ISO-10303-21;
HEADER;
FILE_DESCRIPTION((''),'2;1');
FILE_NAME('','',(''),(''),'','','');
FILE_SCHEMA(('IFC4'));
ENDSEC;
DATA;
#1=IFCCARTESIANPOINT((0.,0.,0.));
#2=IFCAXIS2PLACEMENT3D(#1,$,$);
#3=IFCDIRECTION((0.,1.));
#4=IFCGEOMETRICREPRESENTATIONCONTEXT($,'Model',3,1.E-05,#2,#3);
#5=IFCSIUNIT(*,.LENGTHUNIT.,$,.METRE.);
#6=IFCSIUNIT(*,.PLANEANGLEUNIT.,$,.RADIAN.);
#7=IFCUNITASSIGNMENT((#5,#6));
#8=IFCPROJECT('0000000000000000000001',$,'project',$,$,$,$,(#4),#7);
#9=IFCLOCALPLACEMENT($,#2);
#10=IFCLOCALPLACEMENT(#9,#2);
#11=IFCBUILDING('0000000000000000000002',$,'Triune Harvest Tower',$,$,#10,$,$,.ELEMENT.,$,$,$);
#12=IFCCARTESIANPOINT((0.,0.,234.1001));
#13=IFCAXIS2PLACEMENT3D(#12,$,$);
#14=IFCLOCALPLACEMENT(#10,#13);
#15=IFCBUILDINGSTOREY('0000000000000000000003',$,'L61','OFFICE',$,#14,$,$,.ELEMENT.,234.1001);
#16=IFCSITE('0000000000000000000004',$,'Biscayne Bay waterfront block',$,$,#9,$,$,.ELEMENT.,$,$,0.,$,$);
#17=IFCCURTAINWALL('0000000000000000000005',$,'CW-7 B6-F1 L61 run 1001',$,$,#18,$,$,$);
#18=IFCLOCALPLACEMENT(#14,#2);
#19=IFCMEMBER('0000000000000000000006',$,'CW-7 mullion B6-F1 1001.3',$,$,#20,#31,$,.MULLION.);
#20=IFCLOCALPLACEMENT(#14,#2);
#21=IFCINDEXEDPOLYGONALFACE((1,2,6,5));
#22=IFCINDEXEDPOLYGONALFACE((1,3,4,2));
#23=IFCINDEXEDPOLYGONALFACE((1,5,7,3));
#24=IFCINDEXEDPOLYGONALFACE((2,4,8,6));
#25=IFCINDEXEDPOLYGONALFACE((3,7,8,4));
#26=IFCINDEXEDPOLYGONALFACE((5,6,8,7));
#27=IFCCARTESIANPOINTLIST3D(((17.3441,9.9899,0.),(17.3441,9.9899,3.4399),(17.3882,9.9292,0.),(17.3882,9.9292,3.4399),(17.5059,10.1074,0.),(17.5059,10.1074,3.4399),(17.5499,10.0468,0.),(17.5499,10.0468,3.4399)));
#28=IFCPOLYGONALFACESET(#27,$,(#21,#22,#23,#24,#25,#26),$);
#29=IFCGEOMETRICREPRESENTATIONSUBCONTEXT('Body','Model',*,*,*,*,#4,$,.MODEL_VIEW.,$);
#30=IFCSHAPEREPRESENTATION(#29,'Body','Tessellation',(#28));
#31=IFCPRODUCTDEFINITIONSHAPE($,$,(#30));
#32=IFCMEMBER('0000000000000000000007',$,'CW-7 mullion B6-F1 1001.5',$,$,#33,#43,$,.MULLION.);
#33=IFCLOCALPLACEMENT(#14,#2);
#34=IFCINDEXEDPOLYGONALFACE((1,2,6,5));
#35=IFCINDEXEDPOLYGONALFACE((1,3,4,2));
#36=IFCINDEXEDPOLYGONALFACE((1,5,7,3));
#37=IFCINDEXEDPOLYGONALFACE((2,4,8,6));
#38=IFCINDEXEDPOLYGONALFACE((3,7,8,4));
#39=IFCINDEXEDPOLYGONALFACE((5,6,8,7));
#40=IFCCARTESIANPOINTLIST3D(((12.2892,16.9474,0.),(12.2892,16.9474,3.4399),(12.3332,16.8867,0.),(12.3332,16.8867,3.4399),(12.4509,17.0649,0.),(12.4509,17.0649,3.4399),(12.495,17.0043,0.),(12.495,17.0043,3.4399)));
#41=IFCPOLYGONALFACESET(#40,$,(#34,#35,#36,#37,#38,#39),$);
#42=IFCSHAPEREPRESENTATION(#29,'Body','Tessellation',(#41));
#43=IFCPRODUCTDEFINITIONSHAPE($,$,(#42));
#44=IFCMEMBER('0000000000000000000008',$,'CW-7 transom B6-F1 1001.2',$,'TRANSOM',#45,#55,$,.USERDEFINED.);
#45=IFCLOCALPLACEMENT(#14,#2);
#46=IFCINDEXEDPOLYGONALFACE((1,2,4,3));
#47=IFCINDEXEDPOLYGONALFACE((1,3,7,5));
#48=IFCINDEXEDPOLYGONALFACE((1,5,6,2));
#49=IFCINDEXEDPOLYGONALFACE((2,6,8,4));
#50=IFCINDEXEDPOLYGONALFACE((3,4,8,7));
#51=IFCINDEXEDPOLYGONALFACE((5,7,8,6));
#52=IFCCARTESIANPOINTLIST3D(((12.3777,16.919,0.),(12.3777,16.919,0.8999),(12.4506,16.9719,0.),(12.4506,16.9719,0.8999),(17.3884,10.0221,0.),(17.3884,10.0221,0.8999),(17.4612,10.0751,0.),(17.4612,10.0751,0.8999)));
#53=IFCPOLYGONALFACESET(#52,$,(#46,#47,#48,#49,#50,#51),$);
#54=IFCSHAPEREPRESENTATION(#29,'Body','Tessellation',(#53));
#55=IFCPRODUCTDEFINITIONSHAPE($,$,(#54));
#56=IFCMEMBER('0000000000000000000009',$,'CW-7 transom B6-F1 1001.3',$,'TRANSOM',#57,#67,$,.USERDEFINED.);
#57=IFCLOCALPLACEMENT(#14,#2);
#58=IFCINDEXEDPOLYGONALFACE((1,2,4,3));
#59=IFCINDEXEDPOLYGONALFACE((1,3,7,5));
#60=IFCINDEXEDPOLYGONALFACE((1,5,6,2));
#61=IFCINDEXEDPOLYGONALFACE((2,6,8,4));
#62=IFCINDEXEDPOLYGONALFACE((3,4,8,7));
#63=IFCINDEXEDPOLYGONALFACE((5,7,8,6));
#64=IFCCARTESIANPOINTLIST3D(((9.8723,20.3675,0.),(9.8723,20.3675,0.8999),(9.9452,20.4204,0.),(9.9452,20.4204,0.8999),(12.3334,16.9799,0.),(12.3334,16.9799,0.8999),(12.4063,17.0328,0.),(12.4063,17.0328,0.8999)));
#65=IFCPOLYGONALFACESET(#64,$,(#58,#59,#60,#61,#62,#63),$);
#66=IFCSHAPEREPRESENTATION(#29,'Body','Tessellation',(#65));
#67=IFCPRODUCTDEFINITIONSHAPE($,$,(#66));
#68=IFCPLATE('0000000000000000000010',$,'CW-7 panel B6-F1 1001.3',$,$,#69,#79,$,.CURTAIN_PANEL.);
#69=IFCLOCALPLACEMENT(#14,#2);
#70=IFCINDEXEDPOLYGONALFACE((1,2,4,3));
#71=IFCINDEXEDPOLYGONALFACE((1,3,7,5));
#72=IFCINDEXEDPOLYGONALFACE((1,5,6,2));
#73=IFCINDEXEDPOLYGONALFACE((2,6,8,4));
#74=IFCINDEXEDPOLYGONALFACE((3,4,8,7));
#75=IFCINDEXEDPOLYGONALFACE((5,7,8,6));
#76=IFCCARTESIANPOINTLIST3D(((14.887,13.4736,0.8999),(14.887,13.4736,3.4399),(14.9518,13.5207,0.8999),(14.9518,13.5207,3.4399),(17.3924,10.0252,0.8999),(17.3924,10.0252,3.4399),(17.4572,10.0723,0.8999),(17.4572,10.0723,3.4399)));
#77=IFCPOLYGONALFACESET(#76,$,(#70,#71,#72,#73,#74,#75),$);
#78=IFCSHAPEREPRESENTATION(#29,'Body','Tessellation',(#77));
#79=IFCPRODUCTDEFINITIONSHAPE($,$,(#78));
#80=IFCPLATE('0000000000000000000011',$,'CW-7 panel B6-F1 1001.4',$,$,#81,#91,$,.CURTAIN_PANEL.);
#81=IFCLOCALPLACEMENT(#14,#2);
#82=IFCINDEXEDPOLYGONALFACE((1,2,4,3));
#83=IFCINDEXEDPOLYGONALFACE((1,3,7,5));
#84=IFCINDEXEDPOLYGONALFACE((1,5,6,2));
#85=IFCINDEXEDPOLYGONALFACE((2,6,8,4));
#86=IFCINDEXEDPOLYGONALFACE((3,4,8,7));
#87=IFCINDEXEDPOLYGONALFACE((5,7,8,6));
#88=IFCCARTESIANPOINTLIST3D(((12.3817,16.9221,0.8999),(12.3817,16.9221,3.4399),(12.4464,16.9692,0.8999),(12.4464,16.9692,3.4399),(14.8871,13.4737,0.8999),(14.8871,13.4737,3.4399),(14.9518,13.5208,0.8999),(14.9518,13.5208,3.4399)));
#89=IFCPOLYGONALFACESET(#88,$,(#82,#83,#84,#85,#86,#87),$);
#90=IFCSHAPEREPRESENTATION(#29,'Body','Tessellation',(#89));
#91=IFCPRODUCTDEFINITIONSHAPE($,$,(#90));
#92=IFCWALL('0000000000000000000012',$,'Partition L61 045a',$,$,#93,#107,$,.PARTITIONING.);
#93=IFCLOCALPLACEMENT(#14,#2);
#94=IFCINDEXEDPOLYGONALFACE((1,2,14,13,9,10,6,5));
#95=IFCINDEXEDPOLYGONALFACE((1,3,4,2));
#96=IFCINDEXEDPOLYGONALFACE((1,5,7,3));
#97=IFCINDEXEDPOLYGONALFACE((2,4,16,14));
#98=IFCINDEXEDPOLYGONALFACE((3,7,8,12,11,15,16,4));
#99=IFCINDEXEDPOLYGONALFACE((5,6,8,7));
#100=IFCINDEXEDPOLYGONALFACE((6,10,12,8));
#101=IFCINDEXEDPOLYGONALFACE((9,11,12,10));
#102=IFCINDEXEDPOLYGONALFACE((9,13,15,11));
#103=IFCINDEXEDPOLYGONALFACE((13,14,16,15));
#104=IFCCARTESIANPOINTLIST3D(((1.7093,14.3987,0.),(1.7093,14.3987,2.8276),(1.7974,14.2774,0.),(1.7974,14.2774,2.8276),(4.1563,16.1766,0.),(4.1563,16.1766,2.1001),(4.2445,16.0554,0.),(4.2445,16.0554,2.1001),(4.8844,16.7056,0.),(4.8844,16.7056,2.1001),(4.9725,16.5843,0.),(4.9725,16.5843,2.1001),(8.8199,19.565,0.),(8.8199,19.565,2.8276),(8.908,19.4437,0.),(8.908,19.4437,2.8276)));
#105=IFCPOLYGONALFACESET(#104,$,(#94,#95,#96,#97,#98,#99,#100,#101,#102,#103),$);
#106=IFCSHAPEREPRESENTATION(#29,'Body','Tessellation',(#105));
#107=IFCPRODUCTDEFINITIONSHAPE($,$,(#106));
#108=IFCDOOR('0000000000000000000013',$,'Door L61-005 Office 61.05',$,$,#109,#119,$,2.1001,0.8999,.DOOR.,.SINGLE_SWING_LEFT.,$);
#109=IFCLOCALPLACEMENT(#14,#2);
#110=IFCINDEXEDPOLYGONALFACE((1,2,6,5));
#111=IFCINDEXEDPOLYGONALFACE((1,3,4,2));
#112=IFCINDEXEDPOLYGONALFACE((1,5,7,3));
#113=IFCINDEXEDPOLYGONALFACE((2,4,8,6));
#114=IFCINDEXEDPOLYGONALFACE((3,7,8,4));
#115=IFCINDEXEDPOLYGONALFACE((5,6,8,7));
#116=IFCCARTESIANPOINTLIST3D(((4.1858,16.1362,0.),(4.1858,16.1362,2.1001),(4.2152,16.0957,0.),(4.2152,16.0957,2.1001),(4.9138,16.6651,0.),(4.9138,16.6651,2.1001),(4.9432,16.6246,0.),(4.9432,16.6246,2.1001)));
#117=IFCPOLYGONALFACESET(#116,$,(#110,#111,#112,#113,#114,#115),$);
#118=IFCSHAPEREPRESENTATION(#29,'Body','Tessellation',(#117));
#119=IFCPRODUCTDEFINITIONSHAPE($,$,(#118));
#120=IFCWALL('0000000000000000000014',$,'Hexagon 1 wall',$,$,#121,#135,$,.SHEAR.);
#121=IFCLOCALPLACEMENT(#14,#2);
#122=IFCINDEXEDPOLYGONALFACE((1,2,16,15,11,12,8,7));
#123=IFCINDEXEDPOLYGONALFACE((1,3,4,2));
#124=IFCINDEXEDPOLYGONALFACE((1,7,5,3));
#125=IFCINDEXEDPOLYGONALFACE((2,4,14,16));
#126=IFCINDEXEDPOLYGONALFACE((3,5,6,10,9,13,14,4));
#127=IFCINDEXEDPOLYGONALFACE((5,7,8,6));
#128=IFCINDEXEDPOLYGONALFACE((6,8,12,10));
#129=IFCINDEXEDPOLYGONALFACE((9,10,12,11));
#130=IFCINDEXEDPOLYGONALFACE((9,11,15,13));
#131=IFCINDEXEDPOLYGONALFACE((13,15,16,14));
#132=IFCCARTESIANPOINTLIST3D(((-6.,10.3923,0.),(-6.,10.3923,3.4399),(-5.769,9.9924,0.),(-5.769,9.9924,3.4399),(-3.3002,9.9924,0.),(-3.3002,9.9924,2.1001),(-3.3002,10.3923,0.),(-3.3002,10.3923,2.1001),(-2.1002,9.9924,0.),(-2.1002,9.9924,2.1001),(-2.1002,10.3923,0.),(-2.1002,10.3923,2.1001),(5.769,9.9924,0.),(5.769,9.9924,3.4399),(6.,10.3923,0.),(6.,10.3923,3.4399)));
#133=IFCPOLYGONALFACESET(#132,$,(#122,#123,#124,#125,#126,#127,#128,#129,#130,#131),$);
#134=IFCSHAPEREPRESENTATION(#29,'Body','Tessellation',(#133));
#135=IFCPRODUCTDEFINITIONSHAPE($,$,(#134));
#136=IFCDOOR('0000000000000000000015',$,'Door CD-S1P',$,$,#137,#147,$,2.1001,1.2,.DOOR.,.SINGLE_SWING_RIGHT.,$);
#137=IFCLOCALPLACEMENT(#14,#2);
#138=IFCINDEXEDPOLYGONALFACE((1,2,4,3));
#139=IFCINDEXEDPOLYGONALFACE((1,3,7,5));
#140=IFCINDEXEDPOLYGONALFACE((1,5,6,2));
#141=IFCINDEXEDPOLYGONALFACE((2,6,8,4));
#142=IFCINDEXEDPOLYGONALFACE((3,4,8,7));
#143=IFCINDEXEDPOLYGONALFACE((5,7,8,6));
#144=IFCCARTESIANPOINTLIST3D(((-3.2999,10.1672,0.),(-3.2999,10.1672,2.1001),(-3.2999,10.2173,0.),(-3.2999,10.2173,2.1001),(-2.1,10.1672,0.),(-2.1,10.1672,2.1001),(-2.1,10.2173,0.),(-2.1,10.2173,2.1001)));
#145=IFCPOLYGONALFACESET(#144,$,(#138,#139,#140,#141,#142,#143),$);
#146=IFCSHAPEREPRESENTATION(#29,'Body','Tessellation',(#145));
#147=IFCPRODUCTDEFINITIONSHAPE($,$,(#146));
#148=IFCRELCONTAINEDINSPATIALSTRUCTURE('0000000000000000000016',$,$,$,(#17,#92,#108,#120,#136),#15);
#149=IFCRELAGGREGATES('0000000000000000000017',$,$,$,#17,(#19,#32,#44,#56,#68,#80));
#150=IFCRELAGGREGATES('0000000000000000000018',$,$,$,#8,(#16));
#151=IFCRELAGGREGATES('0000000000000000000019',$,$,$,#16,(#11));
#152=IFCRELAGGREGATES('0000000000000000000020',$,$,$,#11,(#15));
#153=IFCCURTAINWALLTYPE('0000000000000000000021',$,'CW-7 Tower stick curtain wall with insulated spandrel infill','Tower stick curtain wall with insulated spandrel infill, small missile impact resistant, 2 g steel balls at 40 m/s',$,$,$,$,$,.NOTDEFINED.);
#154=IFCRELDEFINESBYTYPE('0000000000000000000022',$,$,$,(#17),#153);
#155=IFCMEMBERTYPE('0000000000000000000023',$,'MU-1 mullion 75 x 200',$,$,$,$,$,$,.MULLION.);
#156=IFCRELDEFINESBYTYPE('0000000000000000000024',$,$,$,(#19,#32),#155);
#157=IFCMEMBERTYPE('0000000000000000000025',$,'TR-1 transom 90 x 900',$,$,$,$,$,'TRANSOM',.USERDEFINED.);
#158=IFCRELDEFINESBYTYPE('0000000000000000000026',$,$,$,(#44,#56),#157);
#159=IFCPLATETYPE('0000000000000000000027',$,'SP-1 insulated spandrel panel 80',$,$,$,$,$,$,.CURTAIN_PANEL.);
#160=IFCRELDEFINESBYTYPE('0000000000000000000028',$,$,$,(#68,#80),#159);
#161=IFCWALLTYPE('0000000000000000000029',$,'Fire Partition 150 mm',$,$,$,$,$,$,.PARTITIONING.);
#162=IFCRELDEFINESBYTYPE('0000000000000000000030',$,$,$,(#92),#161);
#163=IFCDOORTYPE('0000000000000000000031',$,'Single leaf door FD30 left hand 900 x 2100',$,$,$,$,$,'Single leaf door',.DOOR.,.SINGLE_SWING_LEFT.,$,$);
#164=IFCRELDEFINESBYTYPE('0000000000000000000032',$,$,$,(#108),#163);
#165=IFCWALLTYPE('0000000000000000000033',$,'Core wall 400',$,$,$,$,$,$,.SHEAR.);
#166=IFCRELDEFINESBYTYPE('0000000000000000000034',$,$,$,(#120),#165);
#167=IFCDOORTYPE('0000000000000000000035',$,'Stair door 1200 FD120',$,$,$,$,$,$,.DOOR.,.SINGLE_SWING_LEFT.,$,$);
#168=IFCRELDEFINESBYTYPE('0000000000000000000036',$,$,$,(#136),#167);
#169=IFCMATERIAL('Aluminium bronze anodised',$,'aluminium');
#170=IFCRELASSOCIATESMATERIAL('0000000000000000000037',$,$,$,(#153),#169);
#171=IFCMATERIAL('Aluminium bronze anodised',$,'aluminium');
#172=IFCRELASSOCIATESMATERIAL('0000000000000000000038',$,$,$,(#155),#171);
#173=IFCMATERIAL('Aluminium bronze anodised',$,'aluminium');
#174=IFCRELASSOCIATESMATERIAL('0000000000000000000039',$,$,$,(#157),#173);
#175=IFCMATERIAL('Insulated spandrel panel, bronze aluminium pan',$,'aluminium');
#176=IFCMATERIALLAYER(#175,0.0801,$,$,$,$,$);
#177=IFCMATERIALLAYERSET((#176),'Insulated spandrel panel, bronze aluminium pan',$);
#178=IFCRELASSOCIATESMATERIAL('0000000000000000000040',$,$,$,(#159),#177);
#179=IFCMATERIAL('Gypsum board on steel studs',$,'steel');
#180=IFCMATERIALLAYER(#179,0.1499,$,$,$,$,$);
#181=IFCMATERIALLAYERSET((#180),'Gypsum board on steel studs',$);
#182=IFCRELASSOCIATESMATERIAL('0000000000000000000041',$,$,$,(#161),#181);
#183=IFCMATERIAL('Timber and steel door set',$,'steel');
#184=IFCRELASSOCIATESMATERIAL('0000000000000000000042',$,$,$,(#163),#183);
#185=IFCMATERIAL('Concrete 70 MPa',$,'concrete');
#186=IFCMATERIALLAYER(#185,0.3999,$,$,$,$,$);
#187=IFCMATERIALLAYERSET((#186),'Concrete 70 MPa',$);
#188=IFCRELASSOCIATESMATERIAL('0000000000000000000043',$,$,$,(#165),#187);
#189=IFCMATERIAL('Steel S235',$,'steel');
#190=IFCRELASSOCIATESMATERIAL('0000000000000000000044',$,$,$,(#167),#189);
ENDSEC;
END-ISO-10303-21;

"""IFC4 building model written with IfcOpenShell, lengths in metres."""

from ifc_helpers import new_model, si_unit, direction, frame, frame_2d, origin, origin_2d, place, context, subcontext, project, spatial, polyline, rectangle, outline, extrude, source, transform, mapped, material, layer, layer_set, material_profile, profile_set, type_object, element, fill, aggregate, save


model = new_model("IFC4")

# Units and contexts
model_context = context("Model", 3, precision=1e-05, world=origin(), true_north=direction((0.0, 1.0)))
body_context = subcontext(model_context, "Body", "Model", "MODEL_VIEW")
ifc_project = project(units=[si_unit("LENGTHUNIT", "METRE"), si_unit("PLANEANGLEUNIT", "RADIAN")], contexts=[model_context])

# Site, building, storey
site_placement = place(None, origin())
site = spatial("IfcSite", under=ifc_project, at=site_placement, Name="Biscayne Bay waterfront block", CompositionType="ELEMENT", RefElevation=0.0)
building_placement = place(site_placement, origin())
building = spatial("IfcBuilding", under=site, at=building_placement, Name="Triune Harvest Tower", CompositionType="ELEMENT")
storey_placement = place(building_placement, frame((0.0, 0.0, 234.1001)))
storey = spatial("IfcBuildingStorey", under=building, at=storey_placement, Name="L61", Description="OFFICE", CompositionType="ELEMENT", Elevation=234.1001)

# Curtain wall, members, plates
ifc_material_1 = material(Name="Aluminium bronze anodised", Category="aluminium")
curtain_wall_type = type_object("IfcCurtainWallType", Name="CW-7 Tower stick curtain wall with insulated spandrel infill", Description="Tower stick curtain wall with insulated spandrel infill, small missile impact resistant, 2 g steel balls at 40 m/s", PredefinedType="NOTDEFINED", material=ifc_material_1)
curtain_wall_placement = place(storey_placement, origin())
curtain_wall = element("IfcCurtainWall", 1, at=curtain_wall_placement, inside=storey, type_object=curtain_wall_type, Name="CW-7 B6-F1 L61 run 1001")
ifc_material_2 = material(Name="Aluminium bronze anodised", Category="aluminium")
ifc_material_profile_1 = material_profile(ifc_material_2, rectangle(XDim=0.2, YDim=0.075, at=origin_2d()), Name="MU-1 mullion 75 x 200")
ifc_profile_set_1 = profile_set([ifc_material_profile_1], Name="Aluminium bronze anodised")
member_type_1 = type_object("IfcMemberType", Name="MU-1 mullion 75 x 200", PredefinedType="MULLION", material=ifc_profile_set_1)
shared_shape_1 = source(origin(), body_context, "Body", "SweptSolid", [
    extrude(rectangle(XDim=0.2, YDim=0.075, at=origin_2d()), origin(), (0.0, 0.0, 1.0), 3.4399),
])
member_1_placement = place(storey_placement, frame((17.447, 10.0183, 0.0), z_axis=(0.0, 0.0, 1.0), x_axis=(-0.809017, -0.587785, 0.0)))
member_1 = element("IfcMember", 2, at=member_1_placement, type_object=member_type_1, Name="CW-7 mullion B6-F1 1001.3", PredefinedType="MULLION", context=body_context, shape_type="MappedRepresentation", body=[
    mapped(shared_shape_1, transform((0.0, 0.0, 0.0), scale=1.0)),
])
member_2_placement = place(storey_placement, frame((12.3921, 16.9758, 0.0), z_axis=(0.0, 0.0, 1.0), x_axis=(-0.809017, -0.587785, 0.0)))
member_2 = element("IfcMember", 3, at=member_2_placement, type_object=member_type_1, Name="CW-7 mullion B6-F1 1001.5", PredefinedType="MULLION", context=body_context, shape_type="MappedRepresentation", body=[
    mapped(shared_shape_1, transform((0.0, 0.0, 0.0), scale=1.0)),
])
ifc_material_3 = material(Name="Aluminium bronze anodised", Category="aluminium")
ifc_material_profile_2 = material_profile(ifc_material_3, rectangle(XDim=0.0901, YDim=0.8999, at=origin_2d()), Name="TR-1 transom 90 x 900")
ifc_profile_set_2 = profile_set([ifc_material_profile_2], Name="Aluminium bronze anodised")
member_type_2 = type_object("IfcMemberType", Name="TR-1 transom 90 x 900", ElementType="TRANSOM", PredefinedType="USERDEFINED", material=ifc_profile_set_2)
shared_shape_2 = source(origin(), body_context, "Body", "SweptSolid", [
    extrude(rectangle(XDim=0.0901, YDim=0.8999, at=origin_2d()), origin(), (0.0, 0.0, 1.0), 8.5249),
])
member_3_placement = place(storey_placement, frame((17.4248, 10.0486, 0.45), z_axis=(-0.58777, 0.809028, 0.0), x_axis=(-0.809028, -0.58777, 0.0)))
member_3 = element("IfcMember", 4, at=member_3_placement, type_object=member_type_2, Name="CW-7 transom B6-F1 1001.2", ObjectType="TRANSOM", PredefinedType="USERDEFINED", context=body_context, shape_type="MappedRepresentation", body=[
    mapped(shared_shape_2, transform((0.0, 0.0, 0.0), scale=1.0)),
])
shared_shape_3 = source(origin(), body_context, "Body", "SweptSolid", [
    extrude(rectangle(XDim=0.0901, YDim=0.8999, at=origin_2d()), origin(), (0.0, 0.0, 1.0), 4.1873),
])
member_4_placement = place(storey_placement, frame((12.3699, 17.0063, 0.45), z_axis=(-0.587766, 0.809031, 0.0), x_axis=(-0.809031, -0.587766, 0.0)))
member_4 = element("IfcMember", 5, at=member_4_placement, type_object=member_type_2, Name="CW-7 transom B6-F1 1001.3", ObjectType="TRANSOM", PredefinedType="USERDEFINED", context=body_context, shape_type="MappedRepresentation", body=[
    mapped(shared_shape_3, transform((0.0, 0.0, 0.0), scale=1.0)),
])
ifc_material_4 = material(Name="Insulated spandrel panel, bronze aluminium pan", Category="aluminium")
ifc_layer_1 = layer(ifc_material_4, 0.0801)
ifc_layer_set_1 = layer_set([ifc_layer_1], Name="Insulated spandrel panel, bronze aluminium pan")
plate_type = type_object("IfcPlateType", Name="SP-1 insulated spandrel panel 80", PredefinedType="CURTAIN_PANEL", material=ifc_layer_set_1)
shared_shape_4 = source(origin(), body_context, "Body", "SweptSolid", [
    extrude(rectangle(XDim=4.2625, YDim=0.0801, at=origin_2d()), origin(), (0.0, 0.0, 1.0), 2.54),
])
plate_1_placement = place(storey_placement, frame((16.1721, 11.7729, 0.8999), z_axis=(0.0, 0.0, 1.0), x_axis=(-0.587785, 0.809017, 0.0)))
plate_1 = element("IfcPlate", 6, at=plate_1_placement, type_object=plate_type, Name="CW-7 panel B6-F1 1001.3", PredefinedType="CURTAIN_PANEL", context=body_context, shape_type="MappedRepresentation", body=[
    mapped(shared_shape_4, transform((0.0, 0.0, 0.0), scale=1.0)),
])
plate_2_placement = place(storey_placement, frame((13.6667, 15.2214, 0.8999), z_axis=(0.0, 0.0, 1.0), x_axis=(-0.587785, 0.809017, 0.0)))
plate_2 = element("IfcPlate", 7, at=plate_2_placement, type_object=plate_type, Name="CW-7 panel B6-F1 1001.4", PredefinedType="CURTAIN_PANEL", context=body_context, shape_type="MappedRepresentation", body=[
    mapped(shared_shape_4, transform((0.0, 0.0, 0.0), scale=1.0)),
])
aggregate(curtain_wall, [member_1, member_2, member_3, member_4, plate_1, plate_2])

# Walls, openings, doors
ifc_material_5 = material(Name="Gypsum board on steel studs", Category="steel")
ifc_layer_2 = layer(ifc_material_5, 0.1499)
ifc_layer_set_2 = layer_set([ifc_layer_2], Name="Gypsum board on steel studs")
wall_type_1 = type_object("IfcWallType", Name="Fire Partition 150 mm", PredefinedType="PARTITIONING", material=ifc_layer_set_2)
wall_1_placement = place(storey_placement, frame((1.7534, 14.3381, 0.0), z_axis=(0.0, 0.0, 1.0), x_axis=(0.809011, 0.587793, 0.0)))
wall_1 = element("IfcWall", 8, at=wall_1_placement, inside=storey, type_object=wall_type_1, Name="Partition L61 045a", PredefinedType="PARTITIONING", context=body_context, shape_type="SweptSolid", body=[
    extrude(rectangle(XDim=8.7893, YDim=0.1499, at=frame_2d((4.3945, 0.0))), origin(), (0.0, 0.0, 1.0), 2.8276),
])
opening_1_placement = place(wall_1_placement, frame((3.0247, 0.0, 0.0)))
opening_1 = element("IfcOpeningElement", 9, at=opening_1_placement, cuts=wall_1, PredefinedType="OPENING", context=body_context, shape_type="SweptSolid", body=[
    extrude(rectangle(XDim=0.8999, YDim=2.1001, at=frame_2d((0.45, 1.05))), frame((0.0, 0.085, 0.0), z_axis=(0.0, -1.0, 0.0), x_axis=(1.0, 0.0, 0.0)), (0.0, 0.0, 1.0), 0.1699),
])
ifc_material_6 = material(Name="Timber and steel door set", Category="steel")
door_type_1 = type_object("IfcDoorType", Name="Single leaf door FD30 left hand 900 x 2100", ElementType="Single leaf door", OperationType="SINGLE_SWING_LEFT", PredefinedType="DOOR", material=ifc_material_6)
door_1_placement = place(opening_1_placement, origin())
door_1 = element("IfcDoor", 10, at=door_1_placement, inside=storey, type_object=door_type_1, Name="Door L61-005 Office 61.05", OperationType="SINGLE_SWING_LEFT", OverallHeight=2.1001, OverallWidth=0.8999, PredefinedType="DOOR", context=body_context, shape_type="SweptSolid", body=[
    extrude(rectangle(XDim=0.8999, YDim=2.1001, at=frame_2d((0.45, 1.05))), frame((0.0, 0.0249, 0.0), z_axis=(0.0, -1.0, 0.0), x_axis=(1.0, 0.0, 0.0)), (0.0, 0.0, 1.0), 0.05),
])
fill(opening_1, door_1)
ifc_material_7 = material(Name="Concrete 70 MPa", Category="concrete")
ifc_layer_3 = layer(ifc_material_7, 0.3999)
ifc_layer_set_3 = layer_set([ifc_layer_3], Name="Concrete 70 MPa")
wall_type_2 = type_object("IfcWallType", Name="Core wall 400", PredefinedType="SHEAR", material=ifc_layer_set_3)
shared_shape_5 = source(origin(), body_context, "Body", "SweptSolid", [
    extrude(outline(polyline([(-0.1155, -0.2), (11.8845, -0.2), (11.6536, 0.2), (0.1155, 0.2), (-0.1155, -0.2)])), origin(), (0.0, 0.0, 1.0), 3.4399),
])
wall_2_placement = place(storey_placement, frame((5.8845, 10.1924, 0.0), z_axis=(0.0, 0.0, 1.0), x_axis=(-1.0, 0.0, 0.0)))
wall_2 = element("IfcWall", 11, at=wall_2_placement, inside=storey, type_object=wall_type_2, Name="Hexagon 1 wall", PredefinedType="SHEAR", context=body_context, shape_type="MappedRepresentation", body=[
    mapped(shared_shape_5, transform((0.0, 0.0, 0.0), scale=1.0)),
])
opening_2_placement = place(wall_2_placement, frame((7.9846, 0.0, 0.0)))
opening_2 = element("IfcOpeningElement", 12, at=opening_2_placement, cuts=wall_2, PredefinedType="OPENING", context=body_context, shape_type="SweptSolid", body=[
    extrude(rectangle(XDim=1.2, YDim=2.1001, at=frame_2d((0.6001, 1.05))), frame((0.0, 0.21, 0.0), z_axis=(0.0, -1.0, 0.0), x_axis=(1.0, 0.0, 0.0)), (0.0, 0.0, 1.0), 0.4199),
])
ifc_material_8 = material(Name="Steel S235", Category="steel")
door_type_2 = type_object("IfcDoorType", Name="Stair door 1200 FD120", OperationType="SINGLE_SWING_LEFT", PredefinedType="DOOR", material=ifc_material_8)
door_2_placement = place(opening_2_placement, frame((1.2, 0.0, 0.0), z_axis=(0.0, 0.0, 1.0), x_axis=(-1.0, 0.0, 0.0)))
door_2 = element("IfcDoor", 13, at=door_2_placement, inside=storey, type_object=door_type_2, Name="Door CD-S1P", OperationType="SINGLE_SWING_RIGHT", OverallHeight=2.1001, OverallWidth=1.2, PredefinedType="DOOR", context=body_context, shape_type="SweptSolid", body=[
    extrude(rectangle(XDim=1.2, YDim=2.1001, at=frame_2d((0.6001, 1.05))), frame((0.0, 0.0249, 0.0), z_axis=(0.0, -1.0, 0.0), x_axis=(1.0, 0.0, 0.0)), (0.0, 0.0, 1.0), 0.05),
])
fill(opening_2, door_2)

save(model, "model.ifc")
